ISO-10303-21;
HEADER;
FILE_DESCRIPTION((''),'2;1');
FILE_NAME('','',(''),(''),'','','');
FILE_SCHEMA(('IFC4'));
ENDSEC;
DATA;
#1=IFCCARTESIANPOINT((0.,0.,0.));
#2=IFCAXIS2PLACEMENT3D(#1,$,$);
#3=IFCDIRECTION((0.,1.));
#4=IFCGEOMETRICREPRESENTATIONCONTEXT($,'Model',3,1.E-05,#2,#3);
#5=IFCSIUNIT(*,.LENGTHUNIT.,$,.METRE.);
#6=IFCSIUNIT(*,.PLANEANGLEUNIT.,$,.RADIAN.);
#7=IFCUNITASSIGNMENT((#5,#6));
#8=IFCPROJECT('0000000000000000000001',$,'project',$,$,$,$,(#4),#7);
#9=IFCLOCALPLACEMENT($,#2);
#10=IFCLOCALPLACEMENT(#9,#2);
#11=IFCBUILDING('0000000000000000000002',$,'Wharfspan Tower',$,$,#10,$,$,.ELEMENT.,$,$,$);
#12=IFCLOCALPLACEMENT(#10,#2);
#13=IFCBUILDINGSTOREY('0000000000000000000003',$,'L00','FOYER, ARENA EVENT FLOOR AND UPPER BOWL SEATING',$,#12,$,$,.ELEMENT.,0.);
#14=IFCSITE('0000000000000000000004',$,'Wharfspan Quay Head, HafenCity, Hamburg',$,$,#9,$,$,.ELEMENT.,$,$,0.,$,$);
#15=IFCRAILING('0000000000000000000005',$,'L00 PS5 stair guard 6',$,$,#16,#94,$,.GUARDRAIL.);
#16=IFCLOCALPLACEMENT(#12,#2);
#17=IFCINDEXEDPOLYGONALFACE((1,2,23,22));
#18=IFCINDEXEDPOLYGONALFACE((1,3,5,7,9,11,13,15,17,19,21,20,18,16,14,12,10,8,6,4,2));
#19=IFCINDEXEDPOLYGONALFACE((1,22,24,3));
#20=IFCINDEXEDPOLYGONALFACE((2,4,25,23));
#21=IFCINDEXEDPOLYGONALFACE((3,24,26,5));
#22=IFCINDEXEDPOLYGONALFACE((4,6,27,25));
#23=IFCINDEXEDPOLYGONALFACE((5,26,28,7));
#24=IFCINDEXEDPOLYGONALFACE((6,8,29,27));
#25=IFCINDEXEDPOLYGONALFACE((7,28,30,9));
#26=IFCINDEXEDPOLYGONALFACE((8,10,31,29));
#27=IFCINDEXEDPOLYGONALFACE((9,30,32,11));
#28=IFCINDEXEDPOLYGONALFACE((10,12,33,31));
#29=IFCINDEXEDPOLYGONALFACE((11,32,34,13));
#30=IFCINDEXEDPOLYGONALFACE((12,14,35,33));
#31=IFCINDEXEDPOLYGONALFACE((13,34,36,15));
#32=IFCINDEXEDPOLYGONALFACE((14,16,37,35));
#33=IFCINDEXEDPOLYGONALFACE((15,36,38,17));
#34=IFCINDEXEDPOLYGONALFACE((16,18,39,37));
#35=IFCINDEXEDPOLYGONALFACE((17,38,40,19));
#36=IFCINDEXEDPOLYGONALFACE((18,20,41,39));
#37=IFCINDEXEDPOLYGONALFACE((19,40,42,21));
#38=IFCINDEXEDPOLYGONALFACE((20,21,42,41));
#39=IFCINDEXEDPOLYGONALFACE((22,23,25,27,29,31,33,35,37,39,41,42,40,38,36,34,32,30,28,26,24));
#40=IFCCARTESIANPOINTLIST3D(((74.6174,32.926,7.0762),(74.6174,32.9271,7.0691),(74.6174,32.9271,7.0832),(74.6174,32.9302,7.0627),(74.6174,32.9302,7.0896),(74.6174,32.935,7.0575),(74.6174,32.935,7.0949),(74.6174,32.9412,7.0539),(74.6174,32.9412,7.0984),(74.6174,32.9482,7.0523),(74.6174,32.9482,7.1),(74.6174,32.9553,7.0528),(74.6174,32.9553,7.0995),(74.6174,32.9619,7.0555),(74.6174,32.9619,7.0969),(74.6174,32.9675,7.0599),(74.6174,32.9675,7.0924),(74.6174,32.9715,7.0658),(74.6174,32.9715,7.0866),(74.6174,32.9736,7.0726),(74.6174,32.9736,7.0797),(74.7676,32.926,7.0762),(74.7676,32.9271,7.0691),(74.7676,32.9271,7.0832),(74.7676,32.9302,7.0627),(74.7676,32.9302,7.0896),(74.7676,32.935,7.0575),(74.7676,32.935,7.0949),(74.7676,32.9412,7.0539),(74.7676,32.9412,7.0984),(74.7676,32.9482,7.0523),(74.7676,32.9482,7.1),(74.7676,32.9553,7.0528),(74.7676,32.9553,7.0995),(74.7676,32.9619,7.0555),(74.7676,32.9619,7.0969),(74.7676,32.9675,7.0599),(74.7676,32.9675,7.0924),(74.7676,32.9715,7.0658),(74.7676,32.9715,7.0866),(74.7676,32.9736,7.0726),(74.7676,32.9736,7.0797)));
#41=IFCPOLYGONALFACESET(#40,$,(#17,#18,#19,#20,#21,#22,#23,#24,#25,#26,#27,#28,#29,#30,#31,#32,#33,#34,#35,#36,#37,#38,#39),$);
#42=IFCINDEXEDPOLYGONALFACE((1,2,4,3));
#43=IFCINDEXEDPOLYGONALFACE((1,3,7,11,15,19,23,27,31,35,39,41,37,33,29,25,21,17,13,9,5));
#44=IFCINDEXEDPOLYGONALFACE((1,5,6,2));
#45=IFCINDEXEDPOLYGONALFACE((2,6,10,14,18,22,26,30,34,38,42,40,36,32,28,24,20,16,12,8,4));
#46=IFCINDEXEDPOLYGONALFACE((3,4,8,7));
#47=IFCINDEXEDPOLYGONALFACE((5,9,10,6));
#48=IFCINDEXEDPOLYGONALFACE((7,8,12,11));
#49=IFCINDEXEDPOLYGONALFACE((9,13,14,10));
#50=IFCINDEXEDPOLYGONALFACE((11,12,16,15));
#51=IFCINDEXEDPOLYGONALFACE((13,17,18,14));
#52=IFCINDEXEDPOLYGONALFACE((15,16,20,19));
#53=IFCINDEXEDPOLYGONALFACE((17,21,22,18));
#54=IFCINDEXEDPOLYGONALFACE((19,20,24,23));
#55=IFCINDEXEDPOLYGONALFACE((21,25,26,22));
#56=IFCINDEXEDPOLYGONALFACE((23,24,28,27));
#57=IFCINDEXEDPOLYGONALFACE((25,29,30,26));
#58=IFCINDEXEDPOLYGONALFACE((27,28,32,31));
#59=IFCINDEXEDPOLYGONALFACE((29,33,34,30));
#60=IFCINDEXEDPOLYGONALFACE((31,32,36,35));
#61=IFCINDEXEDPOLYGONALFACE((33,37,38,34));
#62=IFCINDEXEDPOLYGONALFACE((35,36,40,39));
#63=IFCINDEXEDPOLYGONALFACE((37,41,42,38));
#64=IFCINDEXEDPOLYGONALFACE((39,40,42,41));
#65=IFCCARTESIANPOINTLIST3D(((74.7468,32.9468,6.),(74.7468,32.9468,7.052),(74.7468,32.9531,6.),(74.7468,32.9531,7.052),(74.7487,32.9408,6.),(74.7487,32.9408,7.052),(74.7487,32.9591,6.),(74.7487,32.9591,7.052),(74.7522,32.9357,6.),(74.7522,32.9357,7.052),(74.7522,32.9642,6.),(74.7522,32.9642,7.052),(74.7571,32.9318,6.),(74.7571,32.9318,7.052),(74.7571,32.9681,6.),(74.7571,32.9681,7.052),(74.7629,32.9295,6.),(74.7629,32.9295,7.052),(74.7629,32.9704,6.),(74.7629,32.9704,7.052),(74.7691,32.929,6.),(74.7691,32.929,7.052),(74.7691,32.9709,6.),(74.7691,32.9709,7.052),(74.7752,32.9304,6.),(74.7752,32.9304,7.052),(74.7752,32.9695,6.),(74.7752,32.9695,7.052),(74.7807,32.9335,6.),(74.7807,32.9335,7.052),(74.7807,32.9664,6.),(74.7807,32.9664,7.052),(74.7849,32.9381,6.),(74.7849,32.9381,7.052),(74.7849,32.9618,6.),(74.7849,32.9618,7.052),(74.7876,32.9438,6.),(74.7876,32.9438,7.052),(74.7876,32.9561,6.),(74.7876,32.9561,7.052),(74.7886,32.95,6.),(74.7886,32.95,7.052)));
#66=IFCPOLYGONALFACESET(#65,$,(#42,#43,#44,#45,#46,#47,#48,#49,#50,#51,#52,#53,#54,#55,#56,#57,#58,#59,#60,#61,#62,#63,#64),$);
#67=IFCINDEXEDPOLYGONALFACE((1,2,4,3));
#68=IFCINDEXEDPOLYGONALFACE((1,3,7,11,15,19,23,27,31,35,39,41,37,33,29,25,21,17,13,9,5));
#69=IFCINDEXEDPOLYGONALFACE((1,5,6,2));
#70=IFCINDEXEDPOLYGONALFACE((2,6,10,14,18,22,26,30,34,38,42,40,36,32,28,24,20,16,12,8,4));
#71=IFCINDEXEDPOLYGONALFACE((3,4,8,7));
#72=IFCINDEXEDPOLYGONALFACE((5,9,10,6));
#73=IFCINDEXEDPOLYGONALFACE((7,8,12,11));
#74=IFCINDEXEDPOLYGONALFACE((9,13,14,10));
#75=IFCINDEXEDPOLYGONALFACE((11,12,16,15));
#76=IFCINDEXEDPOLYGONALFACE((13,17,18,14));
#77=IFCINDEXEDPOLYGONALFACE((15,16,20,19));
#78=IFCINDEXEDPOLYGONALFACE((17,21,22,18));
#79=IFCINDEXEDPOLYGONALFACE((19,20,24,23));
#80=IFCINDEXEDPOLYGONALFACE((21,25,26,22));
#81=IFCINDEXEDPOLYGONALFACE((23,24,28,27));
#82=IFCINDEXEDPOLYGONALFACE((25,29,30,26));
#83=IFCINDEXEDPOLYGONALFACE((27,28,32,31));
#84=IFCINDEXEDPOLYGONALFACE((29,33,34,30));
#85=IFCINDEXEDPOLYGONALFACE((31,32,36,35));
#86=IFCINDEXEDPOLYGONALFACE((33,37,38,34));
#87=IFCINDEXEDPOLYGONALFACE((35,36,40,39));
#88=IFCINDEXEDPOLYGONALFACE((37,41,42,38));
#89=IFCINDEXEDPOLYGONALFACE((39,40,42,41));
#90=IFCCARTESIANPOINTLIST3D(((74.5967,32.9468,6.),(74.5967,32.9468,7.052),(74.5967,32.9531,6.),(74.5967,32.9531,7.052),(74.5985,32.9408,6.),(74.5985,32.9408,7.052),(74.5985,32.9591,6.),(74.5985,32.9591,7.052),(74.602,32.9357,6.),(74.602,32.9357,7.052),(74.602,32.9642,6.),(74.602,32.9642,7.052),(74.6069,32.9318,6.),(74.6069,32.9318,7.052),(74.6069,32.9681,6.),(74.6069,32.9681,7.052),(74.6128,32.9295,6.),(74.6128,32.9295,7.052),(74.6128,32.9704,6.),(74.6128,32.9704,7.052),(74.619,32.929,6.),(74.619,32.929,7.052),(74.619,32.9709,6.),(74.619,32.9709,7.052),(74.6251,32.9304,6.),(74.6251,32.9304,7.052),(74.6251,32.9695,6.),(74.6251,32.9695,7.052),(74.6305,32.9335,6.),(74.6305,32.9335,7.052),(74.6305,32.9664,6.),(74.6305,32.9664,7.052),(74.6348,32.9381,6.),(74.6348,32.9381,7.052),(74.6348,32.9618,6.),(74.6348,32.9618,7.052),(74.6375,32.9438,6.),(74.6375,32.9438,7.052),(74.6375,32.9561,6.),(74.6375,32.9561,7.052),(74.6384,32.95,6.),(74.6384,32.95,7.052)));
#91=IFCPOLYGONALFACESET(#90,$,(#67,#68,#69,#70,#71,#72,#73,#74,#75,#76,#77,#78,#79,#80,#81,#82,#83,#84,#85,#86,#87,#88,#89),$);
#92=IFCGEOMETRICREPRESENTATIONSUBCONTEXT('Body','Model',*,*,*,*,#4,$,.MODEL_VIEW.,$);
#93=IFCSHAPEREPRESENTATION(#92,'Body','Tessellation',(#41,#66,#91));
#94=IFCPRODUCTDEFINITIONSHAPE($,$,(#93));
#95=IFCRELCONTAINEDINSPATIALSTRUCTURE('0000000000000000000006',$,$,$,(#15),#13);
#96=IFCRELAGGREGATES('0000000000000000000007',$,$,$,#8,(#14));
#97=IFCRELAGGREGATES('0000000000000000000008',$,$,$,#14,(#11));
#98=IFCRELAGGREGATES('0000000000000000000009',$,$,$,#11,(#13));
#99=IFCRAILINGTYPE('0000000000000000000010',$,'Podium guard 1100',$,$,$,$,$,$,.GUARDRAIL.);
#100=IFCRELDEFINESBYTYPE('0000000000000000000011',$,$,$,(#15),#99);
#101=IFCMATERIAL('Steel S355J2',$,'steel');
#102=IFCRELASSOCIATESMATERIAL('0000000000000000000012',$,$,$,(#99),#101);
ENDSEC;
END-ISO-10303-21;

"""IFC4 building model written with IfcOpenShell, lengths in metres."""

from ifc_helpers import new_model, si_unit, direction, frame, origin, origin_2d, place, context, subcontext, project, spatial, circle, extrude, material, type_object, element, save


model = new_model("IFC4")

# Units and contexts
model_context = context("Model", 3, precision=1e-05, world=origin(), true_north=direction((0.0, 1.0)))
body_context = subcontext(model_context, "Body", "Model", "MODEL_VIEW")
ifc_project = project(units=[si_unit("LENGTHUNIT", "METRE"), si_unit("PLANEANGLEUNIT", "RADIAN")], contexts=[model_context])

# Site, building, storey
site_placement = place(None, origin())
site = spatial("IfcSite", under=ifc_project, at=site_placement, Name="Wharfspan Quay Head, HafenCity, Hamburg", CompositionType="ELEMENT", RefElevation=0.0)
building_placement = place(site_placement, origin())
building = spatial("IfcBuilding", under=site, at=building_placement, Name="Wharfspan Tower", CompositionType="ELEMENT")
storey_placement = place(building_placement, origin())
storey = spatial("IfcBuildingStorey", under=building, at=storey_placement, Name="L00", Description="FOYER, ARENA EVENT FLOOR AND UPPER BOWL SEATING", CompositionType="ELEMENT", Elevation=0.0)

# Shared definitions
ifc_material_1 = material(Name="Steel S355J2", Category="steel")

# Railing
railing_type_1 = type_object("IfcRailingType", Name="Podium guard 1100", PredefinedType="GUARDRAIL", material=ifc_material_1)
railing_1_placement = place(storey_placement, frame((74.7676, 32.95, 6.0)))
element("IfcRailing", 1, at=railing_1_placement, inside=storey, type_object=railing_type_1, Name="L00 PS5 stair guard 6", PredefinedType="GUARDRAIL", context=body_context, shape_type="SweptSolid", body=[
    extrude(circle(Radius=0.0239, at=origin_2d()), frame((0.0, 0.0, 1.0762), z_axis=(-1.0, 0.0, 0.0), x_axis=(0.0, -1.0, 0.0)), (0.0, 0.0, 1.0), 0.1501),
    extrude(circle(Radius=0.021, at=origin_2d()), origin(), (0.0, 0.0, 1.0), 1.052),
    extrude(circle(Radius=0.021, at=origin_2d()), frame((-0.1501, 0.0, 0.0)), (0.0, 0.0, 1.0), 1.052),
])

save(model, "model.ifc")
